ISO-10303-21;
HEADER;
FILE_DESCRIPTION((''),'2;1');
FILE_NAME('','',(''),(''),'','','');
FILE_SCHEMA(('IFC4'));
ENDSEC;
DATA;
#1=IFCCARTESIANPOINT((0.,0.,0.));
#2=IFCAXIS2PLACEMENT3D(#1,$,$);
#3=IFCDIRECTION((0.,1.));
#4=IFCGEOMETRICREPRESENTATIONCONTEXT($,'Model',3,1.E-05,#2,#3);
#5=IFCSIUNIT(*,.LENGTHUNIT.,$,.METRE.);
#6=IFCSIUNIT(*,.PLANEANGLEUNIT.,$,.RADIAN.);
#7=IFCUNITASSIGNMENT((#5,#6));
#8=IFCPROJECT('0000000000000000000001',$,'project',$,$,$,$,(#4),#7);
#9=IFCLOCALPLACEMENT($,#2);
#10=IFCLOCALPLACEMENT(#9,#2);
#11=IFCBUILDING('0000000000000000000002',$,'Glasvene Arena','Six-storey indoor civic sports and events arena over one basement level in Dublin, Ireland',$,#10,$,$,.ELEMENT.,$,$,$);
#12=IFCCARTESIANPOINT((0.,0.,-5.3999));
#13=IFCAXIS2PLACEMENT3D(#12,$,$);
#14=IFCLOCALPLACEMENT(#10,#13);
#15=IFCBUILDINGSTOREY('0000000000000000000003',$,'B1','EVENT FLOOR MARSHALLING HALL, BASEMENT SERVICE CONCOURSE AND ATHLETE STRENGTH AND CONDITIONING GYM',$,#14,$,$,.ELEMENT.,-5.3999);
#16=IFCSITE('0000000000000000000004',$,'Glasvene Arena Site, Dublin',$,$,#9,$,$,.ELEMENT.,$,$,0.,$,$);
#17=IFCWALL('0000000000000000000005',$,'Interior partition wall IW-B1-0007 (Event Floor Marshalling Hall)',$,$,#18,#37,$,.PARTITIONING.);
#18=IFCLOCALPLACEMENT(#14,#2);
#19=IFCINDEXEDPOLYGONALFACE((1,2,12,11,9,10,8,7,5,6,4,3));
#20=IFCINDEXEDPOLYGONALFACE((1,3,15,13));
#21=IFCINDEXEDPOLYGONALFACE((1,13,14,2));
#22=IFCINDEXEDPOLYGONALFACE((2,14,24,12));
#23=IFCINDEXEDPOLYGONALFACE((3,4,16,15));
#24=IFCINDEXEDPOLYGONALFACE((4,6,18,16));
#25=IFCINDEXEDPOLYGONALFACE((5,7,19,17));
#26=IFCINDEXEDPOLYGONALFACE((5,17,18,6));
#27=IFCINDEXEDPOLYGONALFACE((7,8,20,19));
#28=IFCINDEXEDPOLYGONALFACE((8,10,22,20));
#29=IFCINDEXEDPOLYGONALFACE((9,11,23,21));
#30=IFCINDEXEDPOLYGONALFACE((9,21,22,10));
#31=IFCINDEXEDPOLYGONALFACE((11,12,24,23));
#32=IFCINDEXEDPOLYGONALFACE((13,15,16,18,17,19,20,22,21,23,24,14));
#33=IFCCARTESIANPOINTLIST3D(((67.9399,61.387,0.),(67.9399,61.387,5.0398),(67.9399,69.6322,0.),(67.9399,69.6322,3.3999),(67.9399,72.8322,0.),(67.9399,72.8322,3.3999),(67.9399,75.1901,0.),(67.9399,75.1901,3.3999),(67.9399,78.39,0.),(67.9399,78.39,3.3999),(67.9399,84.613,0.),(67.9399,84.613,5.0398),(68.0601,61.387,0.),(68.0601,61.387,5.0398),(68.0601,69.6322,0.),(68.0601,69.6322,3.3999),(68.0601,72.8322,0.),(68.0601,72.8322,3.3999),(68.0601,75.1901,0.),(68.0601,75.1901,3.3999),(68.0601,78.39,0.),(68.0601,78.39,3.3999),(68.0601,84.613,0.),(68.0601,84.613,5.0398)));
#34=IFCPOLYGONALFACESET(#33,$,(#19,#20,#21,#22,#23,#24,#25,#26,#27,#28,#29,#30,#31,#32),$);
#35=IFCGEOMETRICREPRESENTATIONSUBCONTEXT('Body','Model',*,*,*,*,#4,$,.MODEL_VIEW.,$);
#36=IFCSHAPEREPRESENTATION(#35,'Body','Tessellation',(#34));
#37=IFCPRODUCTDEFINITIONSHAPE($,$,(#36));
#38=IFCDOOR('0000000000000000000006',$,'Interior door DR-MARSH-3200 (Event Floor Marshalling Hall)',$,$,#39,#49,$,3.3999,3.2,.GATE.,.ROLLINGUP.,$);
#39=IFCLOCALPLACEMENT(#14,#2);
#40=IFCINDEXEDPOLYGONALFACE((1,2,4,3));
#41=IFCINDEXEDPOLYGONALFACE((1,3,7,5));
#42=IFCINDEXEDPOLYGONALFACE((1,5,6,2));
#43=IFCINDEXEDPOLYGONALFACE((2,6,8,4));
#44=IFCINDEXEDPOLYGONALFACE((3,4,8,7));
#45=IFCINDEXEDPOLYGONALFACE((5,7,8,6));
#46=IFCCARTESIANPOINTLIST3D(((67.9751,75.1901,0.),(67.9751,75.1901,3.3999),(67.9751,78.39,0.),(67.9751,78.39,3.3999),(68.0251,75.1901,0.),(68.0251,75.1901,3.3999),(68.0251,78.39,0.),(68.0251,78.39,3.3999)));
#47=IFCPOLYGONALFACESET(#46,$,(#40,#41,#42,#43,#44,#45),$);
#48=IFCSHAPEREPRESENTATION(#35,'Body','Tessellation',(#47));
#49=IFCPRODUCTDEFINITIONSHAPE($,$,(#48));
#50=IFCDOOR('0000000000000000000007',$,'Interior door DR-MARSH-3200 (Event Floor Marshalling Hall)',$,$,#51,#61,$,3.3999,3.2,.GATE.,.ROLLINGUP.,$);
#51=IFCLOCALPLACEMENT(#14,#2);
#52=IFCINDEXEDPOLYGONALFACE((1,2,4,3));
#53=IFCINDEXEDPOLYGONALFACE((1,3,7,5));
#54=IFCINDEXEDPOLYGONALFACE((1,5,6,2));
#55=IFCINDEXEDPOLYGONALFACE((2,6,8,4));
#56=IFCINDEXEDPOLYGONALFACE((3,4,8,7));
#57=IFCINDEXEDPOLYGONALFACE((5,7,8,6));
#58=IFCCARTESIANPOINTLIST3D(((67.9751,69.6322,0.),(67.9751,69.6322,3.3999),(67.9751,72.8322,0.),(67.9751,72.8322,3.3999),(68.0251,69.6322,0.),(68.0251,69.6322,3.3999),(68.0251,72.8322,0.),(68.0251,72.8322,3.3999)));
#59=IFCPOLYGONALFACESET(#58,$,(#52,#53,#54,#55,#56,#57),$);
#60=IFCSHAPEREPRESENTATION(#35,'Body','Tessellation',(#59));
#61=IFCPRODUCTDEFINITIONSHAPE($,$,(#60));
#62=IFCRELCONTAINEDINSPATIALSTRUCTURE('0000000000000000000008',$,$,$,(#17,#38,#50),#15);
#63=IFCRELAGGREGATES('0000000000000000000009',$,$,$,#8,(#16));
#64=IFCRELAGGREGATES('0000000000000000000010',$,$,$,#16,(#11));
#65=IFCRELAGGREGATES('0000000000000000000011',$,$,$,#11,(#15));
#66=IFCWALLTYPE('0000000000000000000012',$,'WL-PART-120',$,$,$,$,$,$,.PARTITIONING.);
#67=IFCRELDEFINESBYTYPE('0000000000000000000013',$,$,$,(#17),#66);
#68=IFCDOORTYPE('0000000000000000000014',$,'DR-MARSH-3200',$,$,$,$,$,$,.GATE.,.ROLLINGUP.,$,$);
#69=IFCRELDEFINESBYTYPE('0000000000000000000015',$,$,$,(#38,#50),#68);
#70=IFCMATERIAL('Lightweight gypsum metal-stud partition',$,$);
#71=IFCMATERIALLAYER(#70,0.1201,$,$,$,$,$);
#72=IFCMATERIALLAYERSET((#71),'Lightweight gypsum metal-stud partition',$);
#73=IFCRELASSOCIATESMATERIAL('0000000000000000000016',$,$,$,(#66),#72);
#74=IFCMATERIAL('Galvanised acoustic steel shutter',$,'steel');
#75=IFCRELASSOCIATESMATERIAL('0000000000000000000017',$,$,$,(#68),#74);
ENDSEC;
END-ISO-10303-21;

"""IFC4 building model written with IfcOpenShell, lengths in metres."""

from ifc_helpers import new_model, si_unit, direction, frame, frame_2d, origin, place, context, subcontext, project, spatial, rectangle, extrude, material, layer, layer_set, type_object, element, fill, save


model = new_model("IFC4")

# Units and contexts
model_context = context("Model", 3, precision=1e-05, world=origin(), true_north=direction((0.0, 1.0)))
body_context = subcontext(model_context, "Body", "Model", "MODEL_VIEW")
ifc_project = project(units=[si_unit("LENGTHUNIT", "METRE"), si_unit("PLANEANGLEUNIT", "RADIAN")], contexts=[model_context])

# Site, building, storey
site_placement = place(None, origin())
site = spatial("IfcSite", under=ifc_project, at=site_placement, Name="Glasvene Arena Site, Dublin", CompositionType="ELEMENT", RefElevation=0.0)
building_placement = place(site_placement, origin())
building = spatial("IfcBuilding", under=site, at=building_placement, Name="Glasvene Arena", Description="Six-storey indoor civic sports and events arena over one basement level in Dublin, Ireland", CompositionType="ELEMENT")
storey_placement = place(building_placement, frame((0.0, 0.0, -5.3999)))
storey = spatial("IfcBuildingStorey", under=building, at=storey_placement, Name="B1", Description="EVENT FLOOR MARSHALLING HALL, BASEMENT SERVICE CONCOURSE AND ATHLETE STRENGTH AND CONDITIONING GYM", CompositionType="ELEMENT", Elevation=-5.3999)

# Wall, openings, doors
ifc_material_1 = material(Name="Lightweight gypsum metal-stud partition")
ifc_layer = layer(ifc_material_1, 0.1201)
ifc_layer_set = layer_set([ifc_layer], Name="Lightweight gypsum metal-stud partition")
wall_type = type_object("IfcWallType", Name="WL-PART-120", PredefinedType="PARTITIONING", material=ifc_layer_set)
wall_placement = place(storey_placement, frame((68.0, 61.387, 0.0), z_axis=(0.0, 0.0, 1.0), x_axis=(0.0, 1.0, 0.0)))
wall = element("IfcWall", 1, at=wall_placement, inside=storey, type_object=wall_type, Name="Interior partition wall IW-B1-0007 (Event Floor Marshalling Hall)", PredefinedType="PARTITIONING", context=body_context, shape_type="SweptSolid", body=[
    extrude(rectangle(XDim=23.2261, YDim=0.1201, at=frame_2d((11.613, 0.0))), origin(), (0.0, 0.0, 1.0), 5.0398),
])
opening_1_placement = place(wall_placement, frame((13.803, 0.0, 0.0)))
opening_1 = element("IfcOpeningElement", 2, at=opening_1_placement, cuts=wall, PredefinedType="OPENING", context=body_context, shape_type="SweptSolid", body=[
    extrude(rectangle(XDim=3.2, YDim=3.3999, at=frame_2d((1.6001, 1.7))), frame((0.0, 0.0701, 0.0), z_axis=(0.0, -1.0, 0.0), x_axis=(1.0, 0.0, 0.0)), (0.0, 0.0, 1.0), 0.1401),
])
opening_2_placement = place(wall_placement, frame((8.2451, 0.0, 0.0)))
opening_2 = element("IfcOpeningElement", 3, at=opening_2_placement, cuts=wall, PredefinedType="OPENING", context=body_context, shape_type="SweptSolid", body=[
    extrude(rectangle(XDim=3.2, YDim=3.3999, at=frame_2d((1.6001, 1.7))), frame((0.0, 0.0701, 0.0), z_axis=(0.0, -1.0, 0.0), x_axis=(1.0, 0.0, 0.0)), (0.0, 0.0, 1.0), 0.1401),
])
ifc_material_2 = material(Name="Galvanised acoustic steel shutter", Category="steel")
door_type = type_object("IfcDoorType", Name="DR-MARSH-3200", OperationType="ROLLINGUP", PredefinedType="GATE", material=ifc_material_2)
door_1_placement = place(opening_1_placement, origin())
door_1 = element("IfcDoor", 4, at=door_1_placement, inside=storey, type_object=door_type, Name="Interior door DR-MARSH-3200 (Event Floor Marshalling Hall)", OperationType="ROLLINGUP", OverallHeight=3.3999, OverallWidth=3.2, PredefinedType="GATE", context=body_context, shape_type="SweptSolid", body=[
    extrude(rectangle(XDim=3.2, YDim=3.3999, at=frame_2d((1.6001, 1.7))), frame((0.0, 0.0249, 0.0), z_axis=(0.0, -1.0, 0.0), x_axis=(1.0, 0.0, 0.0)), (0.0, 0.0, 1.0), 0.05),
])
fill(opening_1, door_1)
door_2_placement = place(opening_2_placement, origin())
door_2 = element("IfcDoor", 5, at=door_2_placement, inside=storey, type_object=door_type, Name="Interior door DR-MARSH-3200 (Event Floor Marshalling Hall)", OperationType="ROLLINGUP", OverallHeight=3.3999, OverallWidth=3.2, PredefinedType="GATE", context=body_context, shape_type="SweptSolid", body=[
    extrude(rectangle(XDim=3.2, YDim=3.3999, at=frame_2d((1.6001, 1.7))), frame((0.0, 0.0249, 0.0), z_axis=(0.0, -1.0, 0.0), x_axis=(1.0, 0.0, 0.0)), (0.0, 0.0, 1.0), 0.05),
])
fill(opening_2, door_2)

save(model, "model.ifc")
